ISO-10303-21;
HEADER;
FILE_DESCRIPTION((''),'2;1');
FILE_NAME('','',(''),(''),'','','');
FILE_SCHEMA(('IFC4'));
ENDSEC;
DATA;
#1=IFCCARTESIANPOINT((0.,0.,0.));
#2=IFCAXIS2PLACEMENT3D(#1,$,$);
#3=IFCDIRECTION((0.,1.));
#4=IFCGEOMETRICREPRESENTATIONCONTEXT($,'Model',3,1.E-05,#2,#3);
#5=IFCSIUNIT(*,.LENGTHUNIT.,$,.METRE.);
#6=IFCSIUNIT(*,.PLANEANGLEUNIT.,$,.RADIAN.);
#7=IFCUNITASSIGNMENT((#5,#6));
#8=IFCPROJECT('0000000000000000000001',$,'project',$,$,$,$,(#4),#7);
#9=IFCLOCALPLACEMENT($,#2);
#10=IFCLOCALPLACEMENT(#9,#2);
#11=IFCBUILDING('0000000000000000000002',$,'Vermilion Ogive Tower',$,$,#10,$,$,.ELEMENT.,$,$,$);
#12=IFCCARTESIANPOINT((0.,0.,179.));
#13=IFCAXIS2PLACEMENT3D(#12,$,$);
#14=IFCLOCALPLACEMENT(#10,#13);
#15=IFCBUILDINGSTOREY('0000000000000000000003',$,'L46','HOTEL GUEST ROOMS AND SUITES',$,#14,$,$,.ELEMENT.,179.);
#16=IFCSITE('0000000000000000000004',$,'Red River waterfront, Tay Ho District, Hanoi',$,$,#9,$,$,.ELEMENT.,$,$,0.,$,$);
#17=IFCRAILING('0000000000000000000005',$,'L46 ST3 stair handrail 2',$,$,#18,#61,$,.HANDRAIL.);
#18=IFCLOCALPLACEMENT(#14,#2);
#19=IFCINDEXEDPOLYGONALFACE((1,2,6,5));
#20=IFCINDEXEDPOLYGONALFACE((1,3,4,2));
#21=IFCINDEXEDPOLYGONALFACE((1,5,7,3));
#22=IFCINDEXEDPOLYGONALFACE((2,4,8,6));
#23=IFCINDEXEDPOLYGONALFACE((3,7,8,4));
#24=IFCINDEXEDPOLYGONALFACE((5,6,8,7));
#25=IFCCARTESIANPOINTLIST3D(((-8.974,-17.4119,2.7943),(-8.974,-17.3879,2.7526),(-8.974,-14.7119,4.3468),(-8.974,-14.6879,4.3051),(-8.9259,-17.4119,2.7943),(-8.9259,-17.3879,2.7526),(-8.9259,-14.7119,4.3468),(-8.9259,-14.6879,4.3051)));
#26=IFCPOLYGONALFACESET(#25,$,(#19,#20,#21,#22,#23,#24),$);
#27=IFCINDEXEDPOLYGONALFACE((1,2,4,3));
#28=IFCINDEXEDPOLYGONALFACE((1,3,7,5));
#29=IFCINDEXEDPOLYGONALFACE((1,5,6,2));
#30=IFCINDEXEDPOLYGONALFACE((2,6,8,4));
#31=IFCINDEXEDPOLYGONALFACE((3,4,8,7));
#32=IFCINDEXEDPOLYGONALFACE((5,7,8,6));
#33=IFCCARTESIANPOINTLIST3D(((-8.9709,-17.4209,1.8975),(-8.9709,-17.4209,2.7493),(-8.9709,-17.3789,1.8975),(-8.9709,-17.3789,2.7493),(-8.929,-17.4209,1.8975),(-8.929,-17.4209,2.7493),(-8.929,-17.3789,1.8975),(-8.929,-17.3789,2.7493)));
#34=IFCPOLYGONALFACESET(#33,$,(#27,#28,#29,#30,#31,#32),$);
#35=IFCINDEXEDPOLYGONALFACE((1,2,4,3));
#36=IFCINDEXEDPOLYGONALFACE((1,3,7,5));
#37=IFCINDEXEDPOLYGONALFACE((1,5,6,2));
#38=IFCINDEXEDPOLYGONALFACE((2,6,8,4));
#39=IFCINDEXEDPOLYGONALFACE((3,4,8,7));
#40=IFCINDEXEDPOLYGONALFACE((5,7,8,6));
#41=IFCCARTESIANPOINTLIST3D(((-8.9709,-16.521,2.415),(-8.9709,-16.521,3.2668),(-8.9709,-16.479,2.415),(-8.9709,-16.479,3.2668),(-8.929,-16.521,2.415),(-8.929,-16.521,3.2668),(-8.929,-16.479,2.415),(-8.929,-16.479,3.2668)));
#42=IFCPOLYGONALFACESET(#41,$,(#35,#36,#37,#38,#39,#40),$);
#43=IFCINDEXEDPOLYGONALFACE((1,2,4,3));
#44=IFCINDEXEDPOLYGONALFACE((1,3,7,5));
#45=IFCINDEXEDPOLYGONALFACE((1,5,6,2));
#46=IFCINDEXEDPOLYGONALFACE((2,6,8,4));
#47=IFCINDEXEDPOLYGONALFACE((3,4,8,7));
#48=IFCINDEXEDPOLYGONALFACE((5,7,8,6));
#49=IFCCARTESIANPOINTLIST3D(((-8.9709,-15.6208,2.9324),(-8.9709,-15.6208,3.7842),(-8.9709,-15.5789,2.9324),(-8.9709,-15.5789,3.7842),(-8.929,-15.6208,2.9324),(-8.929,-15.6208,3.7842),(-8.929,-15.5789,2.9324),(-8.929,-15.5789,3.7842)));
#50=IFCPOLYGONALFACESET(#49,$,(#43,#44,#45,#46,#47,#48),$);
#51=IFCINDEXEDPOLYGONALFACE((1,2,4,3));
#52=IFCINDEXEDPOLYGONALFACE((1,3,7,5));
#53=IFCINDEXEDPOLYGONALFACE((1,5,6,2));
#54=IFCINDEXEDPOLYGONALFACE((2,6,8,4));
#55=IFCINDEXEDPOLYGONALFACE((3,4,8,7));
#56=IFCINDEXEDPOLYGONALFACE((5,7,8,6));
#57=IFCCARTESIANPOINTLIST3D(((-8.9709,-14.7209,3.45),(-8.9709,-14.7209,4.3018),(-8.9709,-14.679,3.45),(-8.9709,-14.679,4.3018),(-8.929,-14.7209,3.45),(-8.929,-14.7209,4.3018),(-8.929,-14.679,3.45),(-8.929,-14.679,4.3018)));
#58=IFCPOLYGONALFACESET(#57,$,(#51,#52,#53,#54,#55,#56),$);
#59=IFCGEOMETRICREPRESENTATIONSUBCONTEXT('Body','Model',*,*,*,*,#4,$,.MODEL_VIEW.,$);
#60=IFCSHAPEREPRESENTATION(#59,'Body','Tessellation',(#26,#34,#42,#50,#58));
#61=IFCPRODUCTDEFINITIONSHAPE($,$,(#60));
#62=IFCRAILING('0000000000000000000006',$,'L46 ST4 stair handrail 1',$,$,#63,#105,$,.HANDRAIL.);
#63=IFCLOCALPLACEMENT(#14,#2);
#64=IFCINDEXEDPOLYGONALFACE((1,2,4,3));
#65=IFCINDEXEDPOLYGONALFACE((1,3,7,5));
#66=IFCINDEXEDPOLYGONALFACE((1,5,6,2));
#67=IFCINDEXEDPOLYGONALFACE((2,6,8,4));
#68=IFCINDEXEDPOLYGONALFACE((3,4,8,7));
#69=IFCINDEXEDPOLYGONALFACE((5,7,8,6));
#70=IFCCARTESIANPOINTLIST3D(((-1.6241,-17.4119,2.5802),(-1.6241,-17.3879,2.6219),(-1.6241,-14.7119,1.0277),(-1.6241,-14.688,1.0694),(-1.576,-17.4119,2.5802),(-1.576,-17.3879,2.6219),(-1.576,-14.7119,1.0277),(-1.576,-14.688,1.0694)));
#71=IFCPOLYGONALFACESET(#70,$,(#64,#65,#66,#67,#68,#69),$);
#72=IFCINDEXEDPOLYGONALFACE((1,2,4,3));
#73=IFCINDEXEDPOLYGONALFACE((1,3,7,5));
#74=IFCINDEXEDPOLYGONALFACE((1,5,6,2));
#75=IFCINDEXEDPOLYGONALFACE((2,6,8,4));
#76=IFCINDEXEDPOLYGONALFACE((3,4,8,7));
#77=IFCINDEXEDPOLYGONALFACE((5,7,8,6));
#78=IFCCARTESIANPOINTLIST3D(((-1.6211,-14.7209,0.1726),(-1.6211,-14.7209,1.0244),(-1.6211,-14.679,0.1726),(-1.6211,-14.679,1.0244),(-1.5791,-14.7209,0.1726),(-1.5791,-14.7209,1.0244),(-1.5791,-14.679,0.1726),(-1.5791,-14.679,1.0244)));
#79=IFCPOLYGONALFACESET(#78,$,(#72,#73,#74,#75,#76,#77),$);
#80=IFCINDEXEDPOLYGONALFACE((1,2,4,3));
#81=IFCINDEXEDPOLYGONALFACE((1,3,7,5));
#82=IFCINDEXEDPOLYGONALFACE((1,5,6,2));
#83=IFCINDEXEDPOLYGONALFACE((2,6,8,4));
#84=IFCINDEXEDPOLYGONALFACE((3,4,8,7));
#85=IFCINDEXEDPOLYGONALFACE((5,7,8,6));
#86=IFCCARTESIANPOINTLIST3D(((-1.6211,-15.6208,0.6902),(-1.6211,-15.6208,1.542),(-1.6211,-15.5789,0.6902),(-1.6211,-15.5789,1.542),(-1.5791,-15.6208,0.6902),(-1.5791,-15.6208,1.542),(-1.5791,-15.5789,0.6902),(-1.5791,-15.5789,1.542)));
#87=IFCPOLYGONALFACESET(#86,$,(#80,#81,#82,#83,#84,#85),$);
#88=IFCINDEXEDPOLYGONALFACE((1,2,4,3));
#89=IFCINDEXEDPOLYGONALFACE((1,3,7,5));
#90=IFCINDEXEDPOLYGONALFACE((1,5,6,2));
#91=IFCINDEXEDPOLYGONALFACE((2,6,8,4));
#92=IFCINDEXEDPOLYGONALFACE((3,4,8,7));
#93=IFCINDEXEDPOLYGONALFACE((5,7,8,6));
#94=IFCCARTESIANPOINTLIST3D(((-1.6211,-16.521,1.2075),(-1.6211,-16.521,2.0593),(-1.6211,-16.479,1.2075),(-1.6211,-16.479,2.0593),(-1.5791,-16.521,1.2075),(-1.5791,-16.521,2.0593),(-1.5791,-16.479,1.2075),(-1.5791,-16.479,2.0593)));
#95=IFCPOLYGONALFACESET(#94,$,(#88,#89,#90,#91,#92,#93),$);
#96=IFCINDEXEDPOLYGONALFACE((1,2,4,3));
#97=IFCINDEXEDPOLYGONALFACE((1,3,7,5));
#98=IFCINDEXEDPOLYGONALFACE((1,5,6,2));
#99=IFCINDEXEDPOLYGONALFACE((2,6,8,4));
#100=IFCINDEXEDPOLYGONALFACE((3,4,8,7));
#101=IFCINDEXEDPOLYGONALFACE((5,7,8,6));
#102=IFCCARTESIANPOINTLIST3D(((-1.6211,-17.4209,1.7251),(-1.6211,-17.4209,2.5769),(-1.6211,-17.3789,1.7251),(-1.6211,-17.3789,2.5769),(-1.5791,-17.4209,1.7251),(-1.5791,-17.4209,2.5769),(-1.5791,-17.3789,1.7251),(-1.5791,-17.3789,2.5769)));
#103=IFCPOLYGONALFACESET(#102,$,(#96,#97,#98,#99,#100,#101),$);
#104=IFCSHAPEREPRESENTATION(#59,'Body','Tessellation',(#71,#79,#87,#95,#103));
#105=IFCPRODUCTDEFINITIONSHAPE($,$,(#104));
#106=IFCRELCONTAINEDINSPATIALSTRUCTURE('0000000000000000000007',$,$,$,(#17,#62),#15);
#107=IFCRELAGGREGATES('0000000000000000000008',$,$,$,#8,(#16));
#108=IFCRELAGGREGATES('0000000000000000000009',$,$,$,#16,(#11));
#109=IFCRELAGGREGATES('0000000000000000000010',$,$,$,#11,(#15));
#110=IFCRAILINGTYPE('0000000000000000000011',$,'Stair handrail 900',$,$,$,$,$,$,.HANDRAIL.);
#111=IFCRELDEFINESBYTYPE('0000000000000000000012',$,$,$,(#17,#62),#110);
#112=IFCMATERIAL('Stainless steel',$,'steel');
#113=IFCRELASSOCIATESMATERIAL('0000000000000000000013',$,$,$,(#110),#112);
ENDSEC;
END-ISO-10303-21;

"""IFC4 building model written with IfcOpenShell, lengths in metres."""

from ifc_helpers import new_model, si_unit, direction, frame, origin, origin_2d, place, context, subcontext, project, spatial, rectangle, extrude, material, type_object, element, save


model = new_model("IFC4")

# Units and contexts
model_context = context("Model", 3, precision=1e-05, world=origin(), true_north=direction((0.0, 1.0)))
body_context = subcontext(model_context, "Body", "Model", "MODEL_VIEW")
ifc_project = project(units=[si_unit("LENGTHUNIT", "METRE"), si_unit("PLANEANGLEUNIT", "RADIAN")], contexts=[model_context])

# Site, building, storey
site_placement = place(None, origin())
site = spatial("IfcSite", under=ifc_project, at=site_placement, Name="Red River waterfront, Tay Ho District, Hanoi", CompositionType="ELEMENT", RefElevation=0.0)
building_placement = place(site_placement, origin())
building = spatial("IfcBuilding", under=site, at=building_placement, Name="Vermilion Ogive Tower", CompositionType="ELEMENT")
storey_placement = place(building_placement, frame((0.0, 0.0, 179.0)))
storey = spatial("IfcBuildingStorey", under=building, at=storey_placement, Name="L46", Description="HOTEL GUEST ROOMS AND SUITES", CompositionType="ELEMENT", Elevation=179.0)

# Railings
ifc_material_1 = material(Name="Stainless steel", Category="steel")
railing_type = type_object("IfcRailingType", Name="Stair handrail 900", PredefinedType="HANDRAIL", material=ifc_material_1)
railing_1_placement = place(storey_placement, frame((-8.95, -17.3999, 1.8975)))
element("IfcRailing", 1, at=railing_1_placement, inside=storey, type_object=railing_type, Name="L46 ST3 stair handrail 2", PredefinedType="HANDRAIL", context=body_context, shape_type="SweptSolid", body=[
    extrude(rectangle(XDim=0.0481, YDim=0.0481, at=origin_2d()), frame((0.0, 0.0, 0.876), z_axis=(0.0, 0.866904, 0.498476), x_axis=(-1.0, 0.0, 0.0)), (0.0, 0.0, 1.0), 3.1145),
    extrude(rectangle(XDim=0.042, YDim=0.042, at=origin_2d()), origin(), (0.0, 0.0, 1.0), 0.8518),
    extrude(rectangle(XDim=0.042, YDim=0.042, at=origin_2d()), frame((0.0, 0.8999, 0.5176)), (0.0, 0.0, 1.0), 0.8518),
    extrude(rectangle(XDim=0.042, YDim=0.042, at=origin_2d()), frame((0.0, 1.8, 1.0349)), (0.0, 0.0, 1.0), 0.8518),
    extrude(rectangle(XDim=0.042, YDim=0.042, at=origin_2d()), frame((0.0, 2.7, 1.5525)), (0.0, 0.0, 1.0), 0.8518),
])
railing_2_placement = place(storey_placement, frame((-1.6001, -14.7, 0.1726)))
element("IfcRailing", 2, at=railing_2_placement, inside=storey, type_object=railing_type, Name="L46 ST4 stair handrail 1", PredefinedType="HANDRAIL", context=body_context, shape_type="SweptSolid", body=[
    extrude(rectangle(XDim=0.0481, YDim=0.0481, at=origin_2d()), frame((0.0, 0.0, 0.876), z_axis=(0.0, -0.866904, 0.498476), x_axis=(1.0, 0.0, 0.0)), (0.0, 0.0, 1.0), 3.1145),
    extrude(rectangle(XDim=0.042, YDim=0.042, at=origin_2d()), origin(), (0.0, 0.0, 1.0), 0.8518),
    extrude(rectangle(XDim=0.042, YDim=0.042, at=origin_2d()), frame((0.0, -0.8999, 0.5176)), (0.0, 0.0, 1.0), 0.8518),
    extrude(rectangle(XDim=0.042, YDim=0.042, at=origin_2d()), frame((0.0, -1.8, 1.0349)), (0.0, 0.0, 1.0), 0.8518),
    extrude(rectangle(XDim=0.042, YDim=0.042, at=origin_2d()), frame((0.0, -2.7, 1.5525)), (0.0, 0.0, 1.0), 0.8518),
])

save(model, "model.ifc")
